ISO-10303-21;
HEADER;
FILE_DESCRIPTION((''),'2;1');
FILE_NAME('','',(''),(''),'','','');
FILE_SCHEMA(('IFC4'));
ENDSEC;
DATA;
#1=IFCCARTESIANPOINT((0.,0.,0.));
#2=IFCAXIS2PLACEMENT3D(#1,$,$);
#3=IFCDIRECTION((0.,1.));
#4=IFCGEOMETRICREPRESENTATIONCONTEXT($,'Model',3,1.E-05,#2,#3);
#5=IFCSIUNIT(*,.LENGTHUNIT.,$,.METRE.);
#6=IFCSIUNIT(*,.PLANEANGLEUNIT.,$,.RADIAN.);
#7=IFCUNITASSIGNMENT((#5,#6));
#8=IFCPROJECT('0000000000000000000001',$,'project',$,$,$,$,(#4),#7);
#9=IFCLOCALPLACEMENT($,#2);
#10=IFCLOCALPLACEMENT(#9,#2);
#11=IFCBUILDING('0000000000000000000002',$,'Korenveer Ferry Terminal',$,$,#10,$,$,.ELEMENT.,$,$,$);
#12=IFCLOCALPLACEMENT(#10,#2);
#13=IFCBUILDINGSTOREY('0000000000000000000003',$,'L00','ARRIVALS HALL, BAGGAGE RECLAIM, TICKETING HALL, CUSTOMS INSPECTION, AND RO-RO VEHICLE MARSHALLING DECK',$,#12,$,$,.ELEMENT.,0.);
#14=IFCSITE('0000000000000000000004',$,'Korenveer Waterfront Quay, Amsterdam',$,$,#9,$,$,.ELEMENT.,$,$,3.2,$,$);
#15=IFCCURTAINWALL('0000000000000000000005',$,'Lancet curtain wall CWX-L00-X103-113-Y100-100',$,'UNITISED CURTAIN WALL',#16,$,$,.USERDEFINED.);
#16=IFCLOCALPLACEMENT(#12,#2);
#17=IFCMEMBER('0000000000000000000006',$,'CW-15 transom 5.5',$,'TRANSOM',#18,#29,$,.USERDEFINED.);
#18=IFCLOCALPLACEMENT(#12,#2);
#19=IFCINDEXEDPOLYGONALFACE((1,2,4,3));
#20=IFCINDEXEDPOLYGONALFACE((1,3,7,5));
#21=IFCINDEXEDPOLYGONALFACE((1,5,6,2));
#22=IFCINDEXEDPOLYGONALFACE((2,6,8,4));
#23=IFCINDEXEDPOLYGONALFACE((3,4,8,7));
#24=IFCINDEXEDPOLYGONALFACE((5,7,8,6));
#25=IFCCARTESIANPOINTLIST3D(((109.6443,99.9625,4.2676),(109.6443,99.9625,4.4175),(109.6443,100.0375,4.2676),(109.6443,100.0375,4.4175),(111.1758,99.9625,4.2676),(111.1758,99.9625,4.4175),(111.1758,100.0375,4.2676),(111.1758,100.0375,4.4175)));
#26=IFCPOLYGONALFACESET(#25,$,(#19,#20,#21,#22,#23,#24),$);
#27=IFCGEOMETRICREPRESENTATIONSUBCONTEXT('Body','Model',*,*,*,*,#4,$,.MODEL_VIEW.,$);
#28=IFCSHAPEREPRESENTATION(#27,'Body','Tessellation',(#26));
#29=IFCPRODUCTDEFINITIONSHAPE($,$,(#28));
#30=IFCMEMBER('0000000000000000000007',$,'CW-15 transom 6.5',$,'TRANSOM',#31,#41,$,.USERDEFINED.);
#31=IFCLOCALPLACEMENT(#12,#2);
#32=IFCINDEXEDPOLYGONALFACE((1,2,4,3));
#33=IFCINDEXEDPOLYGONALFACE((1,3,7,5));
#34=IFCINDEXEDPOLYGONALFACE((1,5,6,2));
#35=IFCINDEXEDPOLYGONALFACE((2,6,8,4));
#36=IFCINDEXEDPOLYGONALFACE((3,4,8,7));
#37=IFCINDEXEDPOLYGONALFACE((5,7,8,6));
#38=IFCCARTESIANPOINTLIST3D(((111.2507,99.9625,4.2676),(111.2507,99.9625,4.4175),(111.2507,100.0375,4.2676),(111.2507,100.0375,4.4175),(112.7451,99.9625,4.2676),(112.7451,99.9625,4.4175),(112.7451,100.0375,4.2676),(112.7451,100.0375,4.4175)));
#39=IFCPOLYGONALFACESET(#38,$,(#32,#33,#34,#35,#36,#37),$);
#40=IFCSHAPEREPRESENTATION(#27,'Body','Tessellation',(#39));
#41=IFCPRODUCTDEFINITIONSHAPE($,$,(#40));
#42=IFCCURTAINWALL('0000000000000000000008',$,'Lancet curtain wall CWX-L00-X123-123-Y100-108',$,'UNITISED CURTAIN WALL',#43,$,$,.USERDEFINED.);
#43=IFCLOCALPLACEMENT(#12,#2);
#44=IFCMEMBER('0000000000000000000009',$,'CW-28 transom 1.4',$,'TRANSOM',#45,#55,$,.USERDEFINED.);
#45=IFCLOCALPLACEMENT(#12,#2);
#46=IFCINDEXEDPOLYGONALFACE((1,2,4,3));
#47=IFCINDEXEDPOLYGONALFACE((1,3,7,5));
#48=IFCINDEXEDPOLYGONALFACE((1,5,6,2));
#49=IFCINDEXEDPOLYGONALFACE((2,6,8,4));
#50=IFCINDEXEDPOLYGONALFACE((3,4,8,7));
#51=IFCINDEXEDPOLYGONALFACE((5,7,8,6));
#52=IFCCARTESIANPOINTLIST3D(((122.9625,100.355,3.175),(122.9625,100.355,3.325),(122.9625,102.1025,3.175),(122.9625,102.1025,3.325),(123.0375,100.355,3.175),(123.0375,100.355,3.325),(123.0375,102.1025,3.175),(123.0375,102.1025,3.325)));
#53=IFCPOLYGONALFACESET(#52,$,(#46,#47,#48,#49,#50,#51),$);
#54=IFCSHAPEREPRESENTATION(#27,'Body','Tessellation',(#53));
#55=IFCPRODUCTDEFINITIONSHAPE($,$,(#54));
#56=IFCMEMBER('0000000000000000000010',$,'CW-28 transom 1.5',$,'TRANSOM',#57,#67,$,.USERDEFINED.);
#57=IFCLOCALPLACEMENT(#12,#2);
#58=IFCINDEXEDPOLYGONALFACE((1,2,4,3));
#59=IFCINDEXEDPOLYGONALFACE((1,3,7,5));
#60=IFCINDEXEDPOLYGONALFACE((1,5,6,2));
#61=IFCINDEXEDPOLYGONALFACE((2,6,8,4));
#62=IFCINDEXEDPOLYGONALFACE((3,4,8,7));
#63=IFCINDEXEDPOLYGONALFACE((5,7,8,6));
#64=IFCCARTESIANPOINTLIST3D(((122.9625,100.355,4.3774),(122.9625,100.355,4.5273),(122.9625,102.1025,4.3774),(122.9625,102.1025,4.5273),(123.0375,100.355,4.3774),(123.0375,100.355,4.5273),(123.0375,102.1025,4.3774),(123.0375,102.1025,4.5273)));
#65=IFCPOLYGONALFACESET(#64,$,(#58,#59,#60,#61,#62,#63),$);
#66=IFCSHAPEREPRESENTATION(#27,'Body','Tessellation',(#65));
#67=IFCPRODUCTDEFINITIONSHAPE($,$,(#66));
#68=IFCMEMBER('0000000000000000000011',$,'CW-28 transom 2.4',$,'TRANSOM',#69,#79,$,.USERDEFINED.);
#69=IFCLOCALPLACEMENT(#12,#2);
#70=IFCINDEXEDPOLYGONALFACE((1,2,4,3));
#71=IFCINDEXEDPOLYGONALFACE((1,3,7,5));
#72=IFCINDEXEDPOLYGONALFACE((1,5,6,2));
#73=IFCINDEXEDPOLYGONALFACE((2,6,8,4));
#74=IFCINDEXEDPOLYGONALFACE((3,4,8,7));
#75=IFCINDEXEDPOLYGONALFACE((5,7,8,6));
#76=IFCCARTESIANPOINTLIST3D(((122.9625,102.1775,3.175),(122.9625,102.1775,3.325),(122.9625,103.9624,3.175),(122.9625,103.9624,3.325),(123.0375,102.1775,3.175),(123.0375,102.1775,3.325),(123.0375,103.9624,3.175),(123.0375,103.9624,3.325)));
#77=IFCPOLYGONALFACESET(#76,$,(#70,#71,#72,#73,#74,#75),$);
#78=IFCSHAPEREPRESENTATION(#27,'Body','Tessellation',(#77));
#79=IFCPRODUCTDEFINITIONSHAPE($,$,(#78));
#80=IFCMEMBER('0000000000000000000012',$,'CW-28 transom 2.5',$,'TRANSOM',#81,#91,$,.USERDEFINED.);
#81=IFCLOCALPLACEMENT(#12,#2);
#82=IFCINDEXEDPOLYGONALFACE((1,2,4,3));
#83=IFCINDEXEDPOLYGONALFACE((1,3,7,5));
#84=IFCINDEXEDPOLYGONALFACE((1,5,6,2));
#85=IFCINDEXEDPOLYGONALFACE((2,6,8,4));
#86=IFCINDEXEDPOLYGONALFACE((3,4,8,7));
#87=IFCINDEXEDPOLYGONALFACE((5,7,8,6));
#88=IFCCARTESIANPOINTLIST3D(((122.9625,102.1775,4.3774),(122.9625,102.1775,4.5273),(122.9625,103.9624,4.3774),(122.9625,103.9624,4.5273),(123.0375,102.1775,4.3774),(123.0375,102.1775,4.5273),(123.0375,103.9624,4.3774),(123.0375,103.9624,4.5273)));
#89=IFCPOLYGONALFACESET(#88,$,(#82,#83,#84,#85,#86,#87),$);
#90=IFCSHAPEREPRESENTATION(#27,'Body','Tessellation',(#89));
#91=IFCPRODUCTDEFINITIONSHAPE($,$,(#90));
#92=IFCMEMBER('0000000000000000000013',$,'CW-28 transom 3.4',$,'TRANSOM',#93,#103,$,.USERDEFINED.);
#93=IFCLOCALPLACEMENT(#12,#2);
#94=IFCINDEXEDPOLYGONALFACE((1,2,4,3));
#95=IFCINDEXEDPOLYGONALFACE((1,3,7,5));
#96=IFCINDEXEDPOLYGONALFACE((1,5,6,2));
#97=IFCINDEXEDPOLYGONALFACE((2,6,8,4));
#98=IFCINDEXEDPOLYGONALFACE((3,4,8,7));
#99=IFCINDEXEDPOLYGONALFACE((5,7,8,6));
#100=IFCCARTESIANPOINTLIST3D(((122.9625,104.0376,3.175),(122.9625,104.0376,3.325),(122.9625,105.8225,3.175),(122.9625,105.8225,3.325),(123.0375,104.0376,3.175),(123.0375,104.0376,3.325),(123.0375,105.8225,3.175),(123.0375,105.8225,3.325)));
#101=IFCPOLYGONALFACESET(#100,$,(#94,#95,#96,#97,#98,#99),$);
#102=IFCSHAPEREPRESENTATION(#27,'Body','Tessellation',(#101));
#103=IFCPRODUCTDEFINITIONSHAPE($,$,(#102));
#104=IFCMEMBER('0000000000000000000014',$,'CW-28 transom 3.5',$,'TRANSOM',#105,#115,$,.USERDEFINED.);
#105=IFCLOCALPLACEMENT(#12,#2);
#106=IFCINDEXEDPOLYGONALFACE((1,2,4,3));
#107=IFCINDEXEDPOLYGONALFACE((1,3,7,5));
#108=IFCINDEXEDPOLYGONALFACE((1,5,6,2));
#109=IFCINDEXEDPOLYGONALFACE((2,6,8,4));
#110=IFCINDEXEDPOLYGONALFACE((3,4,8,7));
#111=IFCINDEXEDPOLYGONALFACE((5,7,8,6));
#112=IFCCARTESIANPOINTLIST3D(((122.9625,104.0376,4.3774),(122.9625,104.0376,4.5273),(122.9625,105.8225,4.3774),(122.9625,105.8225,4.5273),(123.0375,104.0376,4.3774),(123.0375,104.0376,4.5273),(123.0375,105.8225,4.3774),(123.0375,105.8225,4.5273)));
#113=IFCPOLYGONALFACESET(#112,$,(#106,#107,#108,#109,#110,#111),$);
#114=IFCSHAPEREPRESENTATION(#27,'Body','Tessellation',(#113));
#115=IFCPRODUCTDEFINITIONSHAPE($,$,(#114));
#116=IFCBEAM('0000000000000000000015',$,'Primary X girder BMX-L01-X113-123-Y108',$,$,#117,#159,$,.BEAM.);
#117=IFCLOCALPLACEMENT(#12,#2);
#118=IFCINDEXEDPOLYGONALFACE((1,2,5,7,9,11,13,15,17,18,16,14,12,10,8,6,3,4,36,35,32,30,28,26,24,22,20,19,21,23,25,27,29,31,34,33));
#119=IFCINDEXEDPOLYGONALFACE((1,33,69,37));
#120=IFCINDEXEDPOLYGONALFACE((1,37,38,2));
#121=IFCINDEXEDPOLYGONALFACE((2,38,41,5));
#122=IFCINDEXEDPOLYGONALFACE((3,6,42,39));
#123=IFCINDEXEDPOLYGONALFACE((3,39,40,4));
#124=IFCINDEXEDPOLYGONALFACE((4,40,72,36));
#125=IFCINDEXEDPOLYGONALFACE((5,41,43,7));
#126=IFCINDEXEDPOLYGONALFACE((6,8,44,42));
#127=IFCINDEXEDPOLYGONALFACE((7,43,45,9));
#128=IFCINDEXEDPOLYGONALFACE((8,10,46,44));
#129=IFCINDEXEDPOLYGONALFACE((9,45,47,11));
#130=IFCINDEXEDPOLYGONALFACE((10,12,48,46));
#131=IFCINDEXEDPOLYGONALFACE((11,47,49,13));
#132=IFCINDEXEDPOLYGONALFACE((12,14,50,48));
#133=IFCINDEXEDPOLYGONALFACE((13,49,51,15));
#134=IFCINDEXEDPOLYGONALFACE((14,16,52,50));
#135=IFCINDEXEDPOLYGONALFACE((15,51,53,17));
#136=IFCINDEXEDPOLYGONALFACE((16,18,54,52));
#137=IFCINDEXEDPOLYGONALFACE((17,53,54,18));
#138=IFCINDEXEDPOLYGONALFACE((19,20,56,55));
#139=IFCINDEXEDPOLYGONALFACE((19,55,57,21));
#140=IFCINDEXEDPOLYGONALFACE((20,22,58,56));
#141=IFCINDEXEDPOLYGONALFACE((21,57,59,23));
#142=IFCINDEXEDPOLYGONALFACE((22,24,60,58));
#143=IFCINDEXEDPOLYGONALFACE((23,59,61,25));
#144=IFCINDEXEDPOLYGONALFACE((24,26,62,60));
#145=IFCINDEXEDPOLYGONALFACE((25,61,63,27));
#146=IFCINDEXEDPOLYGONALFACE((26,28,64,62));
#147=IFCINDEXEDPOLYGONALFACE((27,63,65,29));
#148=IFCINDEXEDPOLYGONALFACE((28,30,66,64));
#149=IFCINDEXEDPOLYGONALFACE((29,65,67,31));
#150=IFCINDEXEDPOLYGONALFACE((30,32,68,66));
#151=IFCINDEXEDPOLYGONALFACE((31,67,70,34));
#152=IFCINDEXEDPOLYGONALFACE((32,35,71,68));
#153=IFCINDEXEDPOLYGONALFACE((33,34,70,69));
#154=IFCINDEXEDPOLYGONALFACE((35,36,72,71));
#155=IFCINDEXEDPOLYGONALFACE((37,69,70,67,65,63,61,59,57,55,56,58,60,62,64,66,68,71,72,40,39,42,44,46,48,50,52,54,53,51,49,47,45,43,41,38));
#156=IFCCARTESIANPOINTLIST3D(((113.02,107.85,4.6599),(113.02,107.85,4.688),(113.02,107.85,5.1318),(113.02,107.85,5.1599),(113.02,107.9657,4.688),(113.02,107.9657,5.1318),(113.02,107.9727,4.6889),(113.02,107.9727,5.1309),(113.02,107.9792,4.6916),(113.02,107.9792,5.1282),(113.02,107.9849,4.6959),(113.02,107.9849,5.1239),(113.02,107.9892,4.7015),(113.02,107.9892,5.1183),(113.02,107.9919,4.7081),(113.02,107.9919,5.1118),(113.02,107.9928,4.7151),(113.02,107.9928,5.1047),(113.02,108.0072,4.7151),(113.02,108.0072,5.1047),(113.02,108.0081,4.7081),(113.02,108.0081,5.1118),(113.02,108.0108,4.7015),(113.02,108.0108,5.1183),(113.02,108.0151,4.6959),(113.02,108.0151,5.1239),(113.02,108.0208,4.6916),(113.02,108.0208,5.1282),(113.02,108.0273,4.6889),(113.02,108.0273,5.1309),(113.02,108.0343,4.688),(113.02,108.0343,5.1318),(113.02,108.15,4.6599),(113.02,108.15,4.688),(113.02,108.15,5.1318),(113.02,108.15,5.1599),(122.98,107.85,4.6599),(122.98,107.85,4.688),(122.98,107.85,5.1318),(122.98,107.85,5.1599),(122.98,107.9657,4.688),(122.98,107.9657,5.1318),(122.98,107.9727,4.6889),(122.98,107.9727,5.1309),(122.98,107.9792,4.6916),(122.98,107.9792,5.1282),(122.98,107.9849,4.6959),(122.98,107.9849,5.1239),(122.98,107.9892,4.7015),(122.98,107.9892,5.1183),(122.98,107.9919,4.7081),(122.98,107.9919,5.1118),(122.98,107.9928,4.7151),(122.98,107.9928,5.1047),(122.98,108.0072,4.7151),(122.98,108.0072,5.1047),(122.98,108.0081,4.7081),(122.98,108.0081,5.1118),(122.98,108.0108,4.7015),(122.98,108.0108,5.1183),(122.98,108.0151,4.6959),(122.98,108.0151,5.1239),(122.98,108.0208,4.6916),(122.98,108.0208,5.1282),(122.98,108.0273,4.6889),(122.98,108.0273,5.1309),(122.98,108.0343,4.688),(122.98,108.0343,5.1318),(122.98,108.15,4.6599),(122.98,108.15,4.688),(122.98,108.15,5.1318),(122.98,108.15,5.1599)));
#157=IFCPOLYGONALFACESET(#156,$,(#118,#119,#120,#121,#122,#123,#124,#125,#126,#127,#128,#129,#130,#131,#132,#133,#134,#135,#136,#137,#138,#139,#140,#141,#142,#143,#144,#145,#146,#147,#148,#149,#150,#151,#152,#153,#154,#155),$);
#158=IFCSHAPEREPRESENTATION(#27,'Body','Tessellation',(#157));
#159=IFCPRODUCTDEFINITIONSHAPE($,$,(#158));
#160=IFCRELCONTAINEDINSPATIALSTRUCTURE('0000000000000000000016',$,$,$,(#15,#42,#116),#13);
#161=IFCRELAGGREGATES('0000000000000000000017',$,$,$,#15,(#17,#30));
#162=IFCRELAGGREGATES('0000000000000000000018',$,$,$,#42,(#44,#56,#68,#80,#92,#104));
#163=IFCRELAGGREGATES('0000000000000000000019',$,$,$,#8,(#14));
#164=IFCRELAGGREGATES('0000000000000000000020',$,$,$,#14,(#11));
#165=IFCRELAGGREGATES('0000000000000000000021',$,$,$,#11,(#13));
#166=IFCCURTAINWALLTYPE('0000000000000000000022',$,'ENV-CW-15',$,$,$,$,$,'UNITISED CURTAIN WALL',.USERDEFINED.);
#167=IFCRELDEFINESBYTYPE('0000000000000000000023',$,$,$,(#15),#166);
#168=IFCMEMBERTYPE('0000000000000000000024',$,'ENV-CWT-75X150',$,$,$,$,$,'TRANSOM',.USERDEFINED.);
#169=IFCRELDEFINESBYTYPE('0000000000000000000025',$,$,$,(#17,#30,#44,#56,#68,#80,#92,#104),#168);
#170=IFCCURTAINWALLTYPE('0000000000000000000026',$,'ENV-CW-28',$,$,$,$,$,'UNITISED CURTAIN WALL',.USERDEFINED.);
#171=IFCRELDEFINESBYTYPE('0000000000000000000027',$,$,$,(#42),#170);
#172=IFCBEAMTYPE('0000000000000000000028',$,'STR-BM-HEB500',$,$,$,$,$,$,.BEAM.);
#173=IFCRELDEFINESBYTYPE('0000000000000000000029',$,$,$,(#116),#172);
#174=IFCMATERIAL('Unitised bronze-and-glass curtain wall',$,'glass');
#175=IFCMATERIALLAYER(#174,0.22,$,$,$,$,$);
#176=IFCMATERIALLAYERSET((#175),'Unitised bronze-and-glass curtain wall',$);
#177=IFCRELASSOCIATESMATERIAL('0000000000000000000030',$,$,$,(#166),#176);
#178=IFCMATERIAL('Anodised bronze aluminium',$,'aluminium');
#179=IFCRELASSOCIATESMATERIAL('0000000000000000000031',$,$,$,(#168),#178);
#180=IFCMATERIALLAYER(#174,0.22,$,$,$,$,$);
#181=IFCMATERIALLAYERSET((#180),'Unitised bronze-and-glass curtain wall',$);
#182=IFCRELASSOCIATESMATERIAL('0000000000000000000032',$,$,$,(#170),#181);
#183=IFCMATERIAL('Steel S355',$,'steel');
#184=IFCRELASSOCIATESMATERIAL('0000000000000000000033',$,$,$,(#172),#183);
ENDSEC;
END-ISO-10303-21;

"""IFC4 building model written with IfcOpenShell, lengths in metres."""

from ifc_helpers import new_model, si_unit, direction, frame, origin, origin_2d, place, context, subcontext, project, spatial, rectangle, i_section, extrude, material, layer, layer_set, material_profile, profile_set, type_object, element, aggregate, save


model = new_model("IFC4")

# Units and contexts
model_context = context("Model", 3, precision=1e-05, world=origin(), true_north=direction((0.0, 1.0)))
body_context = subcontext(model_context, "Body", "Model", "MODEL_VIEW")
ifc_project = project(units=[si_unit("LENGTHUNIT", "METRE"), si_unit("PLANEANGLEUNIT", "RADIAN")], contexts=[model_context])

# Site, building, storey
site_placement = place(None, origin())
site = spatial("IfcSite", under=ifc_project, at=site_placement, Name="Korenveer Waterfront Quay, Amsterdam", CompositionType="ELEMENT", RefElevation=3.2)
building_placement = place(site_placement, origin())
building = spatial("IfcBuilding", under=site, at=building_placement, Name="Korenveer Ferry Terminal", CompositionType="ELEMENT")
storey_placement = place(building_placement, origin())
storey = spatial("IfcBuildingStorey", under=building, at=storey_placement, Name="L00", Description="ARRIVALS HALL, BAGGAGE RECLAIM, TICKETING HALL, CUSTOMS INSPECTION, AND RO-RO VEHICLE MARSHALLING DECK", CompositionType="ELEMENT", Elevation=0.0)

# Curtain walls, members
ifc_material_1 = material(Name="Unitised bronze-and-glass curtain wall", Category="glass")
ifc_layer_1 = layer(ifc_material_1, 0.22)
ifc_layer_set_1 = layer_set([ifc_layer_1], Name="Unitised bronze-and-glass curtain wall")
curtain_wall_type_1 = type_object("IfcCurtainWallType", Name="ENV-CW-15", ElementType="UNITISED CURTAIN WALL", PredefinedType="USERDEFINED", material=ifc_layer_set_1)
curtain_wall_1_placement = place(storey_placement, frame((103.1799, 100.0, 0.0)))
curtain_wall_1 = element("IfcCurtainWall", 1, at=curtain_wall_1_placement, inside=storey, type_object=curtain_wall_type_1, Name="Lancet curtain wall CWX-L00-X103-113-Y100-100", ObjectType="UNITISED CURTAIN WALL", PredefinedType="USERDEFINED")
ifc_material_2 = material(Name="Anodised bronze aluminium", Category="aluminium")
ifc_material_profile_1 = material_profile(ifc_material_2, rectangle(XDim=0.075, YDim=0.1499, at=origin_2d()), Name="ALU 75x150")
ifc_profile_set_1 = profile_set([ifc_material_profile_1], Name="Anodised bronze aluminium")
member_type = type_object("IfcMemberType", Name="ENV-CWT-75X150", ElementType="TRANSOM", PredefinedType="USERDEFINED", material=ifc_profile_set_1)
member_1_placement = place(storey_placement, frame((109.6443, 100.0, 4.3425), z_axis=(1.0, 0.0, 0.0), x_axis=(0.0, 1.0, 0.0)))
member_1 = element("IfcMember", 2, at=member_1_placement, type_object=member_type, Name="CW-15 transom 5.5", ObjectType="TRANSOM", PredefinedType="USERDEFINED", context=body_context, shape_type="SweptSolid", body=[
    extrude(rectangle(XDim=0.075, YDim=0.1499, at=origin_2d()), origin(), (0.0, 0.0, 1.0), 1.5315),
])
member_2_placement = place(storey_placement, frame((111.2507, 100.0, 4.3425), z_axis=(1.0, 0.0, 0.0), x_axis=(0.0, 1.0, 0.0)))
member_2 = element("IfcMember", 3, at=member_2_placement, type_object=member_type, Name="CW-15 transom 6.5", ObjectType="TRANSOM", PredefinedType="USERDEFINED", context=body_context, shape_type="SweptSolid", body=[
    extrude(rectangle(XDim=0.075, YDim=0.1499, at=origin_2d()), origin(), (0.0, 0.0, 1.0), 1.4944),
])
ifc_layer_2 = layer(ifc_material_1, 0.22)
ifc_layer_set_2 = layer_set([ifc_layer_2], Name="Unitised bronze-and-glass curtain wall")
curtain_wall_type_2 = type_object("IfcCurtainWallType", Name="ENV-CW-28", ElementType="UNITISED CURTAIN WALL", PredefinedType="USERDEFINED", material=ifc_layer_set_2)
curtain_wall_2_placement = place(storey_placement, frame((123.0, 100.28, 0.0)))
curtain_wall_2 = element("IfcCurtainWall", 4, at=curtain_wall_2_placement, inside=storey, type_object=curtain_wall_type_2, Name="Lancet curtain wall CWX-L00-X123-123-Y100-108", ObjectType="UNITISED CURTAIN WALL", PredefinedType="USERDEFINED")
member_3_placement = place(storey_placement, frame((123.0, 100.355, 3.25), z_axis=(0.0, 1.0, 0.0), x_axis=(-1.0, 0.0, 0.0)))
member_3 = element("IfcMember", 5, at=member_3_placement, type_object=member_type, Name="CW-28 transom 1.4", ObjectType="TRANSOM", PredefinedType="USERDEFINED", context=body_context, shape_type="SweptSolid", body=[
    extrude(rectangle(XDim=0.075, YDim=0.1499, at=origin_2d()), origin(), (0.0, 0.0, 1.0), 1.7476),
])
member_4_placement = place(storey_placement, frame((123.0, 100.355, 4.4524), z_axis=(0.0, 1.0, 0.0), x_axis=(-1.0, 0.0, 0.0)))
member_4 = element("IfcMember", 6, at=member_4_placement, type_object=member_type, Name="CW-28 transom 1.5", ObjectType="TRANSOM", PredefinedType="USERDEFINED", context=body_context, shape_type="SweptSolid", body=[
    extrude(rectangle(XDim=0.075, YDim=0.1499, at=origin_2d()), origin(), (0.0, 0.0, 1.0), 1.7476),
])
member_5_placement = place(storey_placement, frame((123.0, 102.1775, 3.25), z_axis=(0.0, 1.0, 0.0), x_axis=(-1.0, 0.0, 0.0)))
member_5 = element("IfcMember", 7, at=member_5_placement, type_object=member_type, Name="CW-28 transom 2.4", ObjectType="TRANSOM", PredefinedType="USERDEFINED", context=body_context, shape_type="SweptSolid", body=[
    extrude(rectangle(XDim=0.075, YDim=0.1499, at=origin_2d()), origin(), (0.0, 0.0, 1.0), 1.7849),
])
member_6_placement = place(storey_placement, frame((123.0, 102.1775, 4.4524), z_axis=(0.0, 1.0, 0.0), x_axis=(-1.0, 0.0, 0.0)))
member_6 = element("IfcMember", 8, at=member_6_placement, type_object=member_type, Name="CW-28 transom 2.5", ObjectType="TRANSOM", PredefinedType="USERDEFINED", context=body_context, shape_type="SweptSolid", body=[
    extrude(rectangle(XDim=0.075, YDim=0.1499, at=origin_2d()), origin(), (0.0, 0.0, 1.0), 1.7849),
])
member_7_placement = place(storey_placement, frame((123.0, 104.0376, 3.25), z_axis=(0.0, 1.0, 0.0), x_axis=(-1.0, 0.0, 0.0)))
member_7 = element("IfcMember", 9, at=member_7_placement, type_object=member_type, Name="CW-28 transom 3.4", ObjectType="TRANSOM", PredefinedType="USERDEFINED", context=body_context, shape_type="SweptSolid", body=[
    extrude(rectangle(XDim=0.075, YDim=0.1499, at=origin_2d()), origin(), (0.0, 0.0, 1.0), 1.7849),
])
member_8_placement = place(storey_placement, frame((123.0, 104.0376, 4.4524), z_axis=(0.0, 1.0, 0.0), x_axis=(-1.0, 0.0, 0.0)))
member_8 = element("IfcMember", 10, at=member_8_placement, type_object=member_type, Name="CW-28 transom 3.5", ObjectType="TRANSOM", PredefinedType="USERDEFINED", context=body_context, shape_type="SweptSolid", body=[
    extrude(rectangle(XDim=0.075, YDim=0.1499, at=origin_2d()), origin(), (0.0, 0.0, 1.0), 1.7849),
])

# Beam
ifc_material_3 = material(Name="Steel S355", Category="steel")
ifc_material_profile_2 = material_profile(ifc_material_3, i_section(OverallWidth=0.3, OverallDepth=0.5, WebThickness=0.0144, FlangeThickness=0.0281, FilletRadius=0.0271, at=origin_2d()), Name="HEB 500")
ifc_profile_set_2 = profile_set([ifc_material_profile_2], Name="Steel S355")
beam_type_1 = type_object("IfcBeamType", Name="STR-BM-HEB500", PredefinedType="BEAM", material=ifc_profile_set_2)
beam_1_placement = place(storey_placement, frame((113.02, 108.0, 4.9099), z_axis=(1.0, 0.0, 0.0), x_axis=(0.0, 1.0, 0.0)))
element("IfcBeam", 11, at=beam_1_placement, inside=storey, type_object=beam_type_1, Name="Primary X girder BMX-L01-X113-123-Y108", PredefinedType="BEAM", context=body_context, shape_type="SweptSolid", body=[
    extrude(i_section(OverallWidth=0.3, OverallDepth=0.5, WebThickness=0.0144, FlangeThickness=0.0281, FilletRadius=0.0271, at=origin_2d()), origin(), (0.0, 0.0, 1.0), 9.96),
])

aggregate(curtain_wall_1, [member_1, member_2])
aggregate(curtain_wall_2, [member_3, member_4, member_5, member_6, member_7, member_8])

save(model, "model.ifc")
